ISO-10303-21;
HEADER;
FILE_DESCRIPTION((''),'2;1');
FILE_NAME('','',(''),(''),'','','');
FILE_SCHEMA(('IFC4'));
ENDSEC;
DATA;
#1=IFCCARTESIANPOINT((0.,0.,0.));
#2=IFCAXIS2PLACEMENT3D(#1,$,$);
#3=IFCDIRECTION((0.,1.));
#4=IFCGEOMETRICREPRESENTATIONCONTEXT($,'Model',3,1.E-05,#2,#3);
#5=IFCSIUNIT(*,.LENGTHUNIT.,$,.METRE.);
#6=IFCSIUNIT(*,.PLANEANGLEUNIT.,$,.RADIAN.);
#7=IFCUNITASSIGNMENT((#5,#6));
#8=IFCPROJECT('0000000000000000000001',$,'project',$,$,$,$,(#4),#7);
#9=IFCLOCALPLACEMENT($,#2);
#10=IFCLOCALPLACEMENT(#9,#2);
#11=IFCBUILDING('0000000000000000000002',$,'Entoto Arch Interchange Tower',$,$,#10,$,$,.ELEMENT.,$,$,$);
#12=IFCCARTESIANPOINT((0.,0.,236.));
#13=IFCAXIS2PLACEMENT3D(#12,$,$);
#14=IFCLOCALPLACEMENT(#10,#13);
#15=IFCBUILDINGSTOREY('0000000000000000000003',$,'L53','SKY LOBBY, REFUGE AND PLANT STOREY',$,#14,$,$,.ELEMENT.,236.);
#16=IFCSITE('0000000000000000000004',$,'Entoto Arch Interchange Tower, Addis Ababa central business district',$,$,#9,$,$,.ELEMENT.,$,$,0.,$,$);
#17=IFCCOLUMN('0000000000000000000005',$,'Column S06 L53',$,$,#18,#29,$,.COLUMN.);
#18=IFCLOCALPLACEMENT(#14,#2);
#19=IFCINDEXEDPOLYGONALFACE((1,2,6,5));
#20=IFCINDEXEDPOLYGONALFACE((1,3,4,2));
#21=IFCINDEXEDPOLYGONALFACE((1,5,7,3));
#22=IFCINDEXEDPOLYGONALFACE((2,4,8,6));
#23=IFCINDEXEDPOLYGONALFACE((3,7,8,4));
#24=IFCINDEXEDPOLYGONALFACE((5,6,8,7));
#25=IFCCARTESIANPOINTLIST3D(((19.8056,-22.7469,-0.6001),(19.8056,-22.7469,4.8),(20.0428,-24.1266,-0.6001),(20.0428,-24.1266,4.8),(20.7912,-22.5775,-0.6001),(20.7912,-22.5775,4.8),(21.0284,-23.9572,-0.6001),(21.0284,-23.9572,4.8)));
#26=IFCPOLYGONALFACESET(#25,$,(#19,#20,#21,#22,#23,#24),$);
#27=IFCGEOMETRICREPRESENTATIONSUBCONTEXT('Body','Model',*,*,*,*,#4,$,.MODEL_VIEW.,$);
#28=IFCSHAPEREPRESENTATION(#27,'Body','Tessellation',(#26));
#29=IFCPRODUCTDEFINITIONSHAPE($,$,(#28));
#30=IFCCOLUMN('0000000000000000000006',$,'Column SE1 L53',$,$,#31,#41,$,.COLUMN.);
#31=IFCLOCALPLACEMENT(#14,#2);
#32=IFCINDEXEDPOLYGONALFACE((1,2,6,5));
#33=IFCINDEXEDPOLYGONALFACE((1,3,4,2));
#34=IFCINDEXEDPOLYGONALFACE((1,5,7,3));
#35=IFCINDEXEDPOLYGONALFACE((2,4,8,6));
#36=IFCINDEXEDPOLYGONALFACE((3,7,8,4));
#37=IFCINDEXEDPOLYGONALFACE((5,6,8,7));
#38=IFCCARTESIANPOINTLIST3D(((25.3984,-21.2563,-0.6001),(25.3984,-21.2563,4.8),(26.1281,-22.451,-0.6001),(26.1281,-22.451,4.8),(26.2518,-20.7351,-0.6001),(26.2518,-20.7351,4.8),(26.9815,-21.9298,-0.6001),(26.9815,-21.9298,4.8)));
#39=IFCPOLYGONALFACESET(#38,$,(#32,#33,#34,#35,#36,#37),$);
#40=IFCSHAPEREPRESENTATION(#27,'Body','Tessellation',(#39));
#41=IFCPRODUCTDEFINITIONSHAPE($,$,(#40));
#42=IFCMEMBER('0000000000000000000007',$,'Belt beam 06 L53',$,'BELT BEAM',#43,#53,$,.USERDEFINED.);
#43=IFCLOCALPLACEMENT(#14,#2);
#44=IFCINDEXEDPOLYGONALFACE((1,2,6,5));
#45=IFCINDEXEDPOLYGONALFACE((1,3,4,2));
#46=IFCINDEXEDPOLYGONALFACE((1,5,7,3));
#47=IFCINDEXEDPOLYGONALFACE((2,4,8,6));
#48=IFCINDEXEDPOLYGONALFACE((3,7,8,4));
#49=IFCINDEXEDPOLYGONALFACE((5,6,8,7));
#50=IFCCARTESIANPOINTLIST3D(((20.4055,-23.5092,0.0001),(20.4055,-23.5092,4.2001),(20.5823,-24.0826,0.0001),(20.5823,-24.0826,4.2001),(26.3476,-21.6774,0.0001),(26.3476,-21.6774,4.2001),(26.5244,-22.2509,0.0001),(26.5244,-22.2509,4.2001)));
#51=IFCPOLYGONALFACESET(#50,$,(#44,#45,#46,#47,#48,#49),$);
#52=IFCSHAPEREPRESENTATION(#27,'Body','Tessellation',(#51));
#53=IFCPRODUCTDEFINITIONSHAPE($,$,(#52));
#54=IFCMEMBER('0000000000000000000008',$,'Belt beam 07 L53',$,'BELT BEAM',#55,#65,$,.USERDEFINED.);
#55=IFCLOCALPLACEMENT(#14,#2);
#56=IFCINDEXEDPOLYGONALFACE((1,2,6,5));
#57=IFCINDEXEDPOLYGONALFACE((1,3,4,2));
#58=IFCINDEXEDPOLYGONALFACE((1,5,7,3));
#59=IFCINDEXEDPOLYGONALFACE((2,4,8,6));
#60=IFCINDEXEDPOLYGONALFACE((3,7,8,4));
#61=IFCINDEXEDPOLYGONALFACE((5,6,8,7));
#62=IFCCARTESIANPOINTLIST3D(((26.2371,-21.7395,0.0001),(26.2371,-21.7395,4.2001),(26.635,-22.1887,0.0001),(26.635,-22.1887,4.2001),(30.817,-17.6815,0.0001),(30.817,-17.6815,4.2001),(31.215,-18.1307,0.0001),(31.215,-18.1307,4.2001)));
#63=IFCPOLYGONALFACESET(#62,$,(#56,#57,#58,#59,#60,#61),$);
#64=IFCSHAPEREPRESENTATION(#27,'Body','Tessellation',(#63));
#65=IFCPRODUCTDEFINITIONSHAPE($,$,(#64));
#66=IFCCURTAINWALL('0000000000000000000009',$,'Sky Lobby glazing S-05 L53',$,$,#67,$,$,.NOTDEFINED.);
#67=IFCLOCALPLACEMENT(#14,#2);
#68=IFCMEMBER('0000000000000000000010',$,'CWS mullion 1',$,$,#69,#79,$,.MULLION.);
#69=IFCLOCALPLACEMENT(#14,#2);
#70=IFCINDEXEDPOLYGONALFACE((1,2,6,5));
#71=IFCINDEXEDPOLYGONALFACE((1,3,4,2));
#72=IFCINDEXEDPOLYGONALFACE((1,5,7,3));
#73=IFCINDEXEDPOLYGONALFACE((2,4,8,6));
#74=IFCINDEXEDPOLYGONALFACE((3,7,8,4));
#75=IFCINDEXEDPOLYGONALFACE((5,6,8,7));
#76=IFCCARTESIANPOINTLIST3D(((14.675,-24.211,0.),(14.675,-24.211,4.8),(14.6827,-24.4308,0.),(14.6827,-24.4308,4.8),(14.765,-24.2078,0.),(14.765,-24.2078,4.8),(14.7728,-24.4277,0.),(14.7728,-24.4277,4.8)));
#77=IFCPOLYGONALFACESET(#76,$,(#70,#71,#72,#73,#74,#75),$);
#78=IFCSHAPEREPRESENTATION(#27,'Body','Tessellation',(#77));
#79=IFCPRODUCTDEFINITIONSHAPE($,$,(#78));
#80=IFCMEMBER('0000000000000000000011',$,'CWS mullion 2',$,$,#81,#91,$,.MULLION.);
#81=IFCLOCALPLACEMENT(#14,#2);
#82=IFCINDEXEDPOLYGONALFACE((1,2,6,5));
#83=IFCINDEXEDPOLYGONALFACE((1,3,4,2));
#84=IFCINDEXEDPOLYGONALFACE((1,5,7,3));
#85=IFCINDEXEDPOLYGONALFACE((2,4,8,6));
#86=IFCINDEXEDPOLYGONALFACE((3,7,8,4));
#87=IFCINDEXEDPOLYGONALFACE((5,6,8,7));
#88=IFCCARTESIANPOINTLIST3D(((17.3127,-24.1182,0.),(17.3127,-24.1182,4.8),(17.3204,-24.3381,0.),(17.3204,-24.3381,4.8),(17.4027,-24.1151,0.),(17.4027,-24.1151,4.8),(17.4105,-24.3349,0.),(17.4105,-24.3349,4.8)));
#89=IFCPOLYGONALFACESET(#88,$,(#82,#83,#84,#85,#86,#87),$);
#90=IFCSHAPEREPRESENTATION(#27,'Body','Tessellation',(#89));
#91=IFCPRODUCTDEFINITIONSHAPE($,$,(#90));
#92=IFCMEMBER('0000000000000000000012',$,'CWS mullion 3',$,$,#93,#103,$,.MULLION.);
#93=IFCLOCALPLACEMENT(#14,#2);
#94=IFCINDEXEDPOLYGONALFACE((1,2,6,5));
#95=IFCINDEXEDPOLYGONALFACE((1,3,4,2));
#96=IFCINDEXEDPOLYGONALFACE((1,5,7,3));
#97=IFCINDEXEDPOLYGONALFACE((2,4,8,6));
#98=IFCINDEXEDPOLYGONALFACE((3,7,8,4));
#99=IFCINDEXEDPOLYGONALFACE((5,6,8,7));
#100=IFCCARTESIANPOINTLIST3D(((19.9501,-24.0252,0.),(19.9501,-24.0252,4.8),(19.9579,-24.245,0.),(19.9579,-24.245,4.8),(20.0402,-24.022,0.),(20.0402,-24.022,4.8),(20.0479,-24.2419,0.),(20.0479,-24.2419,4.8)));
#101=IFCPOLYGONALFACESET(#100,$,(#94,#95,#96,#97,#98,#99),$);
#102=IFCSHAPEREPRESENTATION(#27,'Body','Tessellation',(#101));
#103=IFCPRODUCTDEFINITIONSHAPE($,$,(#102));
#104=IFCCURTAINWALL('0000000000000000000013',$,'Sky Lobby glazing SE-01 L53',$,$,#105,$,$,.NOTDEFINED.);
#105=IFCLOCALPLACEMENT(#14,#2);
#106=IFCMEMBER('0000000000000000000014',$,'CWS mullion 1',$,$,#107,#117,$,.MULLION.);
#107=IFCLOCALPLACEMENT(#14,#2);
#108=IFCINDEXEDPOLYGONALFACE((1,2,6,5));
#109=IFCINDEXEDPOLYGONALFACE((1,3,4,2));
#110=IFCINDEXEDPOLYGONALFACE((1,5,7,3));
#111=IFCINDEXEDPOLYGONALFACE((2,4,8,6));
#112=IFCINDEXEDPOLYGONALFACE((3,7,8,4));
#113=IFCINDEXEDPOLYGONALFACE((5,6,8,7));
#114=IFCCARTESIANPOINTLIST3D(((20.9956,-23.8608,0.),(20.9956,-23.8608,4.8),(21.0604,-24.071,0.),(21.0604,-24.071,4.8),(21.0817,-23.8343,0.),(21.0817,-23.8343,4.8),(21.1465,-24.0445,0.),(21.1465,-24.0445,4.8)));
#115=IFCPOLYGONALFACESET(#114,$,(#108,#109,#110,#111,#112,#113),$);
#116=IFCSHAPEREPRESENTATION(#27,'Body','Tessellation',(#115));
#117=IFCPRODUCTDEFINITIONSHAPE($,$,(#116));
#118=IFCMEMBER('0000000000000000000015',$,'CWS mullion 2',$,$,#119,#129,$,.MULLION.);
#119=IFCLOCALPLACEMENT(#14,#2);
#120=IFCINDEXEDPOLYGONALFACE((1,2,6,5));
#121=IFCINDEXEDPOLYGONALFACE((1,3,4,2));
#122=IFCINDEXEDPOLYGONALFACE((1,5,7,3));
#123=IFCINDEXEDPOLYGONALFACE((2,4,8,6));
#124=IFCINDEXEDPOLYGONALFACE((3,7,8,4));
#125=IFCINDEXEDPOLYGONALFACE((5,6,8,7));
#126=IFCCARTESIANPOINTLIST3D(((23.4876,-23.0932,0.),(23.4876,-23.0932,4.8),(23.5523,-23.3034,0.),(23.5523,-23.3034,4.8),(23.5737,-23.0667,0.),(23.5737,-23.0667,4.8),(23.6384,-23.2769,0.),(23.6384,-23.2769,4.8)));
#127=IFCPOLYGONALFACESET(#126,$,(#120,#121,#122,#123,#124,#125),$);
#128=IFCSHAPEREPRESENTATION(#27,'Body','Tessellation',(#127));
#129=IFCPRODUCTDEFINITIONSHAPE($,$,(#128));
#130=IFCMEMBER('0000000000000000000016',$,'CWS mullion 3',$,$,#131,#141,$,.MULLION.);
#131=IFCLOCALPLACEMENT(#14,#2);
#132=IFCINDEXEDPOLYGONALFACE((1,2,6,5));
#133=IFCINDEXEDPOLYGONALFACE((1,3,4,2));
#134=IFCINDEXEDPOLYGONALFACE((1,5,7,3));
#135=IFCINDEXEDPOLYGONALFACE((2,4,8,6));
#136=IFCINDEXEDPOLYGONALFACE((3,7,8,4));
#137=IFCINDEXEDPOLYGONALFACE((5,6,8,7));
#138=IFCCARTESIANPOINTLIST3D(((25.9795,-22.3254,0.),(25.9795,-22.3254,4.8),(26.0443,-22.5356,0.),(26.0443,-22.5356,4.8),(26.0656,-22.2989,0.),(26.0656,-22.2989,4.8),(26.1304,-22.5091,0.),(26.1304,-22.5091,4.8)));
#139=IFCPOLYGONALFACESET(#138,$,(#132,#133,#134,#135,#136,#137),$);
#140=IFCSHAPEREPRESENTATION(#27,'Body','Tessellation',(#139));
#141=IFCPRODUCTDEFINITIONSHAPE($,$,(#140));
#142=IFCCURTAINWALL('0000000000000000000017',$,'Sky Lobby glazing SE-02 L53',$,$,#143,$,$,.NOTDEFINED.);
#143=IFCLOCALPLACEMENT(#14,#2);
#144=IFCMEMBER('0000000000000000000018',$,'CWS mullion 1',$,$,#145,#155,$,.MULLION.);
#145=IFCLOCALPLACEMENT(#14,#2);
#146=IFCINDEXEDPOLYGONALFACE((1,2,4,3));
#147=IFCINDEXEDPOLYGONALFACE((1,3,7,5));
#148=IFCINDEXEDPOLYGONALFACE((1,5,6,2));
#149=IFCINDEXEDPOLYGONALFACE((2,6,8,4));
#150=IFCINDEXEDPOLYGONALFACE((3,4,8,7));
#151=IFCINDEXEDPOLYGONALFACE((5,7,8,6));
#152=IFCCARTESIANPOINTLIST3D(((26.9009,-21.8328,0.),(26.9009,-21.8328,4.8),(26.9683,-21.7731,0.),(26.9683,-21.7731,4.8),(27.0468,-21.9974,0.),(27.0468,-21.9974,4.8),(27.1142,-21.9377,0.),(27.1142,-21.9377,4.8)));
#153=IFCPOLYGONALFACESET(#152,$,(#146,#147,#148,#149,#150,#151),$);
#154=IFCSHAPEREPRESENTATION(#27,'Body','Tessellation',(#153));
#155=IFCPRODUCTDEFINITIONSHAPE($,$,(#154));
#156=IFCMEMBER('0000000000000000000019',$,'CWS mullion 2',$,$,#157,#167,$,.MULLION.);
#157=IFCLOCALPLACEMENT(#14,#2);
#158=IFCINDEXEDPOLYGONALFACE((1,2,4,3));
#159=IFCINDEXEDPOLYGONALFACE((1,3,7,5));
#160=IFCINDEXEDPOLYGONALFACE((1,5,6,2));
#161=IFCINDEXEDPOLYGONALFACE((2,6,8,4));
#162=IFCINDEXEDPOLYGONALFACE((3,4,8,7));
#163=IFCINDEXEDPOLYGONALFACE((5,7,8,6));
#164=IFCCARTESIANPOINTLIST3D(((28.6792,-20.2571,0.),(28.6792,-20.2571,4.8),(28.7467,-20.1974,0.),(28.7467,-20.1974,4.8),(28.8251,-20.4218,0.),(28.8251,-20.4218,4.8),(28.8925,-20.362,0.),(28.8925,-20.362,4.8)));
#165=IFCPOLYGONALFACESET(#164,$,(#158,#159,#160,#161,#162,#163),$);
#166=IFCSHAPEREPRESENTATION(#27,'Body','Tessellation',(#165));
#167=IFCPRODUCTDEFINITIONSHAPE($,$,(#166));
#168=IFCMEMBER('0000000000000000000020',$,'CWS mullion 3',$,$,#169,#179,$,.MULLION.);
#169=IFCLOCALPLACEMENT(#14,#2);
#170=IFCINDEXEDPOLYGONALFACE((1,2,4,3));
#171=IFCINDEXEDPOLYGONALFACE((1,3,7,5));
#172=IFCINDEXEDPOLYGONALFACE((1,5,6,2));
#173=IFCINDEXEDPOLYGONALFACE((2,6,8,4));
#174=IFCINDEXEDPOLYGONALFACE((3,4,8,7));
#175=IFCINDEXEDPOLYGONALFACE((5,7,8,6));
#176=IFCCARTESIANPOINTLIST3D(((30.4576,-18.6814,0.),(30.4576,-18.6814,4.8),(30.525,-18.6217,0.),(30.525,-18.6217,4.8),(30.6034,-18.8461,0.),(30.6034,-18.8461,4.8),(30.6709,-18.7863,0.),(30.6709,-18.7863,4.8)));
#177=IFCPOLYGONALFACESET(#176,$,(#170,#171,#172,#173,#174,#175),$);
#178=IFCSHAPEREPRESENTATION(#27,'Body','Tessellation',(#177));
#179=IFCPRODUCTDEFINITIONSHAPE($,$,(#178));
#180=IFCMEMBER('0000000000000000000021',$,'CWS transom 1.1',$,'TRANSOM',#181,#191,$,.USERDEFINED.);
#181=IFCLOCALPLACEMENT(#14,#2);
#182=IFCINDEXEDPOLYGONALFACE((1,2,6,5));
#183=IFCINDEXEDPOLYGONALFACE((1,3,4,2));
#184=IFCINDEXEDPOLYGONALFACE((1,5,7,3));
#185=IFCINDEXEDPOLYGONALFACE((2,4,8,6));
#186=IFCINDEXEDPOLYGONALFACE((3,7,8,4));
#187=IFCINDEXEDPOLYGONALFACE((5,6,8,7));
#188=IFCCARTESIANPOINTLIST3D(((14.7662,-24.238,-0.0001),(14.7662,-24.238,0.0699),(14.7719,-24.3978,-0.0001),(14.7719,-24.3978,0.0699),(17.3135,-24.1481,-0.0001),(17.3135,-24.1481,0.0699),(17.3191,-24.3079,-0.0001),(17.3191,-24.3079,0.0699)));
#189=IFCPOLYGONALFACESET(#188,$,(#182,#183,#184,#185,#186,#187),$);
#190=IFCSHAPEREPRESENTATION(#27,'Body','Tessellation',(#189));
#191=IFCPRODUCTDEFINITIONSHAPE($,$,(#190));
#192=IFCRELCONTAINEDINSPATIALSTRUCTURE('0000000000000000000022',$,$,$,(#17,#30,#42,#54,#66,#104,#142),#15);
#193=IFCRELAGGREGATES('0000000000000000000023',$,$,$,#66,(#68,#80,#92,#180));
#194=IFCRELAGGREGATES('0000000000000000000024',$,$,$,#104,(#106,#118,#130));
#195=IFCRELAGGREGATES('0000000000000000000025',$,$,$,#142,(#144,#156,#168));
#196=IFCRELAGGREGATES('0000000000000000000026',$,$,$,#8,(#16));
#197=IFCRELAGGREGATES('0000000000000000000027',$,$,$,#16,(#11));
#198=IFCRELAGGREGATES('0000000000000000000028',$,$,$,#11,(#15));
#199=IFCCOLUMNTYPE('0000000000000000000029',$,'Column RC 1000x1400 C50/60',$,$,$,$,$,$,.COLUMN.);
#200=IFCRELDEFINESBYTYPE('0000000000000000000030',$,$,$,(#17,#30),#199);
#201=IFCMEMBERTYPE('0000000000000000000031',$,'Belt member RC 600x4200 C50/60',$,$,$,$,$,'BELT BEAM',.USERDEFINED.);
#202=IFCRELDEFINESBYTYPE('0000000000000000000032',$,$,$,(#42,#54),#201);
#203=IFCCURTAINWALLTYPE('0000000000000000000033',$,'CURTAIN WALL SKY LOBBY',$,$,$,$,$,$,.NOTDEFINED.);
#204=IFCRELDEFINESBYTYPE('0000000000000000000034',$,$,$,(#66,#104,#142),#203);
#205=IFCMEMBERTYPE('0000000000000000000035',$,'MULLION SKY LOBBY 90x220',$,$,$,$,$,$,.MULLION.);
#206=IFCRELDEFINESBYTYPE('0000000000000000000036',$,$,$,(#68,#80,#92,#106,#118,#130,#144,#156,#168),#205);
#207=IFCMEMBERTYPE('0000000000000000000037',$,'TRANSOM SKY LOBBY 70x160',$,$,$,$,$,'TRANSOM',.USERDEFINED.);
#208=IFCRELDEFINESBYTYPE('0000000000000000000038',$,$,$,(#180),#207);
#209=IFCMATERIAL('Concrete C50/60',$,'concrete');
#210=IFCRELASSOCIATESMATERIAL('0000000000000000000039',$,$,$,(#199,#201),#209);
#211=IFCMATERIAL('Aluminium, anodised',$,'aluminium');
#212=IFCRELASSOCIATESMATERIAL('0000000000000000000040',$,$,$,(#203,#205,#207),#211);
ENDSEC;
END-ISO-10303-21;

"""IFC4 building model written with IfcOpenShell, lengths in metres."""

from ifc_helpers import new_model, si_unit, direction, frame, origin, origin_2d, place, context, subcontext, project, spatial, rectangle, extrude, material, material_profile, profile_set, type_object, element, aggregate, save


model = new_model("IFC4")

# Units and contexts
model_context = context("Model", 3, precision=1e-05, world=origin(), true_north=direction((0.0, 1.0)))
body_context = subcontext(model_context, "Body", "Model", "MODEL_VIEW")
ifc_project = project(units=[si_unit("LENGTHUNIT", "METRE"), si_unit("PLANEANGLEUNIT", "RADIAN")], contexts=[model_context])

# Site, building, storey
site_placement = place(None, origin())
site = spatial("IfcSite", under=ifc_project, at=site_placement, Name="Entoto Arch Interchange Tower, Addis Ababa central business district", CompositionType="ELEMENT", RefElevation=0.0)
building_placement = place(site_placement, origin())
building = spatial("IfcBuilding", under=site, at=building_placement, Name="Entoto Arch Interchange Tower", CompositionType="ELEMENT")
storey_placement = place(building_placement, frame((0.0, 0.0, 236.0)))
storey = spatial("IfcBuildingStorey", under=building, at=storey_placement, Name="L53", Description="SKY LOBBY, REFUGE AND PLANT STOREY", CompositionType="ELEMENT", Elevation=236.0)

# Columns
ifc_material_1 = material(Name="Concrete C50/60", Category="concrete")
ifc_material_profile_1 = material_profile(ifc_material_1, rectangle(XDim=1.0, YDim=1.3999, at=origin_2d()))
ifc_profile_set_1 = profile_set([ifc_material_profile_1], Name="Concrete C50/60")
column_type = type_object("IfcColumnType", Name="Column RC 1000x1400 C50/60", PredefinedType="COLUMN", material=ifc_profile_set_1)
for number, where, z_axis, x_axis, name in (
    (1, (20.417, -23.3521, -0.6001), (0.0, 0.0, 1.0), (0.985541, 0.169436, 0.0), "Column S06 L53"),
    (2, (26.1899, -21.593, -0.6001), (0.0, 0.0, 1.0), (0.853423, 0.521218, 0.0), "Column SE1 L53"),
):
    element("IfcColumn", number, at=place(storey_placement, frame(where, z_axis=z_axis, x_axis=x_axis)), inside=storey, type_object=column_type, Name=name, PredefinedType="COLUMN", context=body_context, shape_type="SweptSolid", body=[
        extrude(rectangle(XDim=1.0, YDim=1.3999, at=origin_2d()), origin(), (0.0, 0.0, 1.0), 5.4001),
    ])

# Members
ifc_material_profile_2 = material_profile(ifc_material_1, rectangle(XDim=0.6001, YDim=4.2, at=origin_2d()))
ifc_profile_set_2 = profile_set([ifc_material_profile_2], Name="Concrete C50/60")
member_type_1 = type_object("IfcMemberType", Name="Belt member RC 600x4200 C50/60", ElementType="BELT BEAM", PredefinedType="USERDEFINED", material=ifc_profile_set_2)
member_1_placement = place(storey_placement, frame((20.4939, -23.7959, 2.1001), z_axis=(0.955624, 0.294591, 0.0), x_axis=(-0.294591, 0.955624, 0.0)))
element("IfcMember", 3, at=member_1_placement, inside=storey, type_object=member_type_1, Name="Belt beam 06 L53", ObjectType="BELT BEAM", PredefinedType="USERDEFINED", context=body_context, shape_type="SweptSolid", body=[
    extrude(rectangle(XDim=0.6001, YDim=4.2, at=origin_2d()), origin(), (0.0, 0.0, 1.0), 6.218),
])
member_2_placement = place(storey_placement, frame((26.436, -21.9641, 2.1001), z_axis=(0.748469, 0.663169, 0.0), x_axis=(-0.663169, 0.748469, 0.0)))
element("IfcMember", 4, at=member_2_placement, inside=storey, type_object=member_type_1, Name="Belt beam 07 L53", ObjectType="BELT BEAM", PredefinedType="USERDEFINED", context=body_context, shape_type="SweptSolid", body=[
    extrude(rectangle(XDim=0.6001, YDim=4.2, at=origin_2d()), origin(), (0.0, 0.0, 1.0), 6.1191),
])

# Curtain walls, members
ifc_material_2 = material(Name="Aluminium, anodised", Category="aluminium")
curtain_wall_type = type_object("IfcCurtainWallType", Name="CURTAIN WALL SKY LOBBY", PredefinedType="NOTDEFINED", material=ifc_material_2)
curtain_wall_1_placement = place(storey_placement, origin())
curtain_wall_1 = element("IfcCurtainWall", 5, at=curtain_wall_1_placement, inside=storey, type_object=curtain_wall_type, Name="Sky Lobby glazing S-05 L53", PredefinedType="NOTDEFINED")
ifc_material_profile_3 = material_profile(ifc_material_2, rectangle(XDim=0.22, YDim=0.0901, at=origin_2d()))
ifc_profile_set_3 = profile_set([ifc_material_profile_3], Name="Aluminium, anodised")
member_type_2 = type_object("IfcMemberType", Name="MULLION SKY LOBBY 90x220", PredefinedType="MULLION", material=ifc_profile_set_3)
member_3_placement = place(storey_placement, frame((14.7239, -24.3193, 0.0), z_axis=(0.0, 0.0, 1.0), x_axis=(-0.035206, 0.99938, 0.0)))
member_3 = element("IfcMember", 6, at=member_3_placement, type_object=member_type_2, Name="CWS mullion 1", PredefinedType="MULLION", context=body_context, shape_type="SweptSolid", body=[
    extrude(rectangle(XDim=0.22, YDim=0.0901, at=origin_2d()), origin(), (0.0, 0.0, 1.0), 4.8),
])
member_4_placement = place(storey_placement, frame((17.3616, -24.2266, 0.0), z_axis=(0.0, 0.0, 1.0), x_axis=(-0.035206, 0.99938, 0.0)))
member_4 = element("IfcMember", 7, at=member_4_placement, type_object=member_type_2, Name="CWS mullion 2", PredefinedType="MULLION", context=body_context, shape_type="SweptSolid", body=[
    extrude(rectangle(XDim=0.22, YDim=0.0901, at=origin_2d()), origin(), (0.0, 0.0, 1.0), 4.8),
])
member_5_placement = place(storey_placement, frame((19.999, -24.1335, 0.0), z_axis=(0.0, 0.0, 1.0), x_axis=(-0.035206, 0.99938, 0.0)))
member_5 = element("IfcMember", 8, at=member_5_placement, type_object=member_type_2, Name="CWS mullion 3", PredefinedType="MULLION", context=body_context, shape_type="SweptSolid", body=[
    extrude(rectangle(XDim=0.22, YDim=0.0901, at=origin_2d()), origin(), (0.0, 0.0, 1.0), 4.8),
])
curtain_wall_2_placement = place(storey_placement, origin())
curtain_wall_2 = element("IfcCurtainWall", 9, at=curtain_wall_2_placement, inside=storey, type_object=curtain_wall_type, Name="Sky Lobby glazing SE-01 L53", PredefinedType="NOTDEFINED")
member_6_placement = place(storey_placement, frame((21.071, -23.9526, 0.0), z_axis=(0.0, 0.0, 1.0), x_axis=(-0.29443, 0.955673, 0.0)))
member_6 = element("IfcMember", 10, at=member_6_placement, type_object=member_type_2, Name="CWS mullion 1", PredefinedType="MULLION", context=body_context, shape_type="SweptSolid", body=[
    extrude(rectangle(XDim=0.22, YDim=0.0901, at=origin_2d()), origin(), (0.0, 0.0, 1.0), 4.8),
])
member_7_placement = place(storey_placement, frame((23.563, -23.1851, 0.0), z_axis=(0.0, 0.0, 1.0), x_axis=(-0.29443, 0.955673, 0.0)))
member_7 = element("IfcMember", 11, at=member_7_placement, type_object=member_type_2, Name="CWS mullion 2", PredefinedType="MULLION", context=body_context, shape_type="SweptSolid", body=[
    extrude(rectangle(XDim=0.22, YDim=0.0901, at=origin_2d()), origin(), (0.0, 0.0, 1.0), 4.8),
])
member_8_placement = place(storey_placement, frame((26.0549, -22.4172, 0.0), z_axis=(0.0, 0.0, 1.0), x_axis=(-0.29443, 0.955673, 0.0)))
member_8 = element("IfcMember", 12, at=member_8_placement, type_object=member_type_2, Name="CWS mullion 3", PredefinedType="MULLION", context=body_context, shape_type="SweptSolid", body=[
    extrude(rectangle(XDim=0.22, YDim=0.0901, at=origin_2d()), origin(), (0.0, 0.0, 1.0), 4.8),
])
curtain_wall_3_placement = place(storey_placement, origin())
curtain_wall_3 = element("IfcCurtainWall", 13, at=curtain_wall_3_placement, inside=storey, type_object=curtain_wall_type, Name="Sky Lobby glazing SE-02 L53", PredefinedType="NOTDEFINED")
member_9_placement = place(storey_placement, frame((27.0076, -21.8853, 0.0), z_axis=(0.0, 0.0, 1.0), x_axis=(-0.663171, 0.748468, 0.0)))
member_9 = element("IfcMember", 14, at=member_9_placement, type_object=member_type_2, Name="CWS mullion 1", PredefinedType="MULLION", context=body_context, shape_type="SweptSolid", body=[
    extrude(rectangle(XDim=0.22, YDim=0.0901, at=origin_2d()), origin(), (0.0, 0.0, 1.0), 4.8),
])
member_10_placement = place(storey_placement, frame((28.7859, -20.3096, 0.0), z_axis=(0.0, 0.0, 1.0), x_axis=(-0.663171, 0.748468, 0.0)))
member_10 = element("IfcMember", 15, at=member_10_placement, type_object=member_type_2, Name="CWS mullion 2", PredefinedType="MULLION", context=body_context, shape_type="SweptSolid", body=[
    extrude(rectangle(XDim=0.22, YDim=0.0901, at=origin_2d()), origin(), (0.0, 0.0, 1.0), 4.8),
])
member_11_placement = place(storey_placement, frame((30.5642, -18.7339, 0.0), z_axis=(0.0, 0.0, 1.0), x_axis=(-0.663171, 0.748468, 0.0)))
member_11 = element("IfcMember", 16, at=member_11_placement, type_object=member_type_2, Name="CWS mullion 3", PredefinedType="MULLION", context=body_context, shape_type="SweptSolid", body=[
    extrude(rectangle(XDim=0.22, YDim=0.0901, at=origin_2d()), origin(), (0.0, 0.0, 1.0), 4.8),
])

# Member
ifc_material_profile_4 = material_profile(ifc_material_2, rectangle(XDim=0.1599, YDim=0.0701, at=origin_2d()))
ifc_profile_set_4 = profile_set([ifc_material_profile_4], Name="Aluminium, anodised")
member_type_3 = type_object("IfcMemberType", Name="TRANSOM SKY LOBBY 70x160", ElementType="TRANSOM", PredefinedType="USERDEFINED", material=ifc_profile_set_4)
member_12_placement = place(storey_placement, frame((14.769, -24.3179, 0.0349), z_axis=(0.999379, 0.035247, 0.0), x_axis=(-0.035247, 0.999379, 0.0)))
member_12 = element("IfcMember", 17, at=member_12_placement, type_object=member_type_3, Name="CWS transom 1.1", ObjectType="TRANSOM", PredefinedType="USERDEFINED", context=body_context, shape_type="SweptSolid", body=[
    extrude(rectangle(XDim=0.1599, YDim=0.0701, at=origin_2d()), origin(), (0.0, 0.0, 1.0), 2.5488),
])

aggregate(curtain_wall_1, [member_3, member_4, member_5, member_12])
aggregate(curtain_wall_2, [member_6, member_7, member_8])
aggregate(curtain_wall_3, [member_9, member_10, member_11])

save(model, "model.ifc")
